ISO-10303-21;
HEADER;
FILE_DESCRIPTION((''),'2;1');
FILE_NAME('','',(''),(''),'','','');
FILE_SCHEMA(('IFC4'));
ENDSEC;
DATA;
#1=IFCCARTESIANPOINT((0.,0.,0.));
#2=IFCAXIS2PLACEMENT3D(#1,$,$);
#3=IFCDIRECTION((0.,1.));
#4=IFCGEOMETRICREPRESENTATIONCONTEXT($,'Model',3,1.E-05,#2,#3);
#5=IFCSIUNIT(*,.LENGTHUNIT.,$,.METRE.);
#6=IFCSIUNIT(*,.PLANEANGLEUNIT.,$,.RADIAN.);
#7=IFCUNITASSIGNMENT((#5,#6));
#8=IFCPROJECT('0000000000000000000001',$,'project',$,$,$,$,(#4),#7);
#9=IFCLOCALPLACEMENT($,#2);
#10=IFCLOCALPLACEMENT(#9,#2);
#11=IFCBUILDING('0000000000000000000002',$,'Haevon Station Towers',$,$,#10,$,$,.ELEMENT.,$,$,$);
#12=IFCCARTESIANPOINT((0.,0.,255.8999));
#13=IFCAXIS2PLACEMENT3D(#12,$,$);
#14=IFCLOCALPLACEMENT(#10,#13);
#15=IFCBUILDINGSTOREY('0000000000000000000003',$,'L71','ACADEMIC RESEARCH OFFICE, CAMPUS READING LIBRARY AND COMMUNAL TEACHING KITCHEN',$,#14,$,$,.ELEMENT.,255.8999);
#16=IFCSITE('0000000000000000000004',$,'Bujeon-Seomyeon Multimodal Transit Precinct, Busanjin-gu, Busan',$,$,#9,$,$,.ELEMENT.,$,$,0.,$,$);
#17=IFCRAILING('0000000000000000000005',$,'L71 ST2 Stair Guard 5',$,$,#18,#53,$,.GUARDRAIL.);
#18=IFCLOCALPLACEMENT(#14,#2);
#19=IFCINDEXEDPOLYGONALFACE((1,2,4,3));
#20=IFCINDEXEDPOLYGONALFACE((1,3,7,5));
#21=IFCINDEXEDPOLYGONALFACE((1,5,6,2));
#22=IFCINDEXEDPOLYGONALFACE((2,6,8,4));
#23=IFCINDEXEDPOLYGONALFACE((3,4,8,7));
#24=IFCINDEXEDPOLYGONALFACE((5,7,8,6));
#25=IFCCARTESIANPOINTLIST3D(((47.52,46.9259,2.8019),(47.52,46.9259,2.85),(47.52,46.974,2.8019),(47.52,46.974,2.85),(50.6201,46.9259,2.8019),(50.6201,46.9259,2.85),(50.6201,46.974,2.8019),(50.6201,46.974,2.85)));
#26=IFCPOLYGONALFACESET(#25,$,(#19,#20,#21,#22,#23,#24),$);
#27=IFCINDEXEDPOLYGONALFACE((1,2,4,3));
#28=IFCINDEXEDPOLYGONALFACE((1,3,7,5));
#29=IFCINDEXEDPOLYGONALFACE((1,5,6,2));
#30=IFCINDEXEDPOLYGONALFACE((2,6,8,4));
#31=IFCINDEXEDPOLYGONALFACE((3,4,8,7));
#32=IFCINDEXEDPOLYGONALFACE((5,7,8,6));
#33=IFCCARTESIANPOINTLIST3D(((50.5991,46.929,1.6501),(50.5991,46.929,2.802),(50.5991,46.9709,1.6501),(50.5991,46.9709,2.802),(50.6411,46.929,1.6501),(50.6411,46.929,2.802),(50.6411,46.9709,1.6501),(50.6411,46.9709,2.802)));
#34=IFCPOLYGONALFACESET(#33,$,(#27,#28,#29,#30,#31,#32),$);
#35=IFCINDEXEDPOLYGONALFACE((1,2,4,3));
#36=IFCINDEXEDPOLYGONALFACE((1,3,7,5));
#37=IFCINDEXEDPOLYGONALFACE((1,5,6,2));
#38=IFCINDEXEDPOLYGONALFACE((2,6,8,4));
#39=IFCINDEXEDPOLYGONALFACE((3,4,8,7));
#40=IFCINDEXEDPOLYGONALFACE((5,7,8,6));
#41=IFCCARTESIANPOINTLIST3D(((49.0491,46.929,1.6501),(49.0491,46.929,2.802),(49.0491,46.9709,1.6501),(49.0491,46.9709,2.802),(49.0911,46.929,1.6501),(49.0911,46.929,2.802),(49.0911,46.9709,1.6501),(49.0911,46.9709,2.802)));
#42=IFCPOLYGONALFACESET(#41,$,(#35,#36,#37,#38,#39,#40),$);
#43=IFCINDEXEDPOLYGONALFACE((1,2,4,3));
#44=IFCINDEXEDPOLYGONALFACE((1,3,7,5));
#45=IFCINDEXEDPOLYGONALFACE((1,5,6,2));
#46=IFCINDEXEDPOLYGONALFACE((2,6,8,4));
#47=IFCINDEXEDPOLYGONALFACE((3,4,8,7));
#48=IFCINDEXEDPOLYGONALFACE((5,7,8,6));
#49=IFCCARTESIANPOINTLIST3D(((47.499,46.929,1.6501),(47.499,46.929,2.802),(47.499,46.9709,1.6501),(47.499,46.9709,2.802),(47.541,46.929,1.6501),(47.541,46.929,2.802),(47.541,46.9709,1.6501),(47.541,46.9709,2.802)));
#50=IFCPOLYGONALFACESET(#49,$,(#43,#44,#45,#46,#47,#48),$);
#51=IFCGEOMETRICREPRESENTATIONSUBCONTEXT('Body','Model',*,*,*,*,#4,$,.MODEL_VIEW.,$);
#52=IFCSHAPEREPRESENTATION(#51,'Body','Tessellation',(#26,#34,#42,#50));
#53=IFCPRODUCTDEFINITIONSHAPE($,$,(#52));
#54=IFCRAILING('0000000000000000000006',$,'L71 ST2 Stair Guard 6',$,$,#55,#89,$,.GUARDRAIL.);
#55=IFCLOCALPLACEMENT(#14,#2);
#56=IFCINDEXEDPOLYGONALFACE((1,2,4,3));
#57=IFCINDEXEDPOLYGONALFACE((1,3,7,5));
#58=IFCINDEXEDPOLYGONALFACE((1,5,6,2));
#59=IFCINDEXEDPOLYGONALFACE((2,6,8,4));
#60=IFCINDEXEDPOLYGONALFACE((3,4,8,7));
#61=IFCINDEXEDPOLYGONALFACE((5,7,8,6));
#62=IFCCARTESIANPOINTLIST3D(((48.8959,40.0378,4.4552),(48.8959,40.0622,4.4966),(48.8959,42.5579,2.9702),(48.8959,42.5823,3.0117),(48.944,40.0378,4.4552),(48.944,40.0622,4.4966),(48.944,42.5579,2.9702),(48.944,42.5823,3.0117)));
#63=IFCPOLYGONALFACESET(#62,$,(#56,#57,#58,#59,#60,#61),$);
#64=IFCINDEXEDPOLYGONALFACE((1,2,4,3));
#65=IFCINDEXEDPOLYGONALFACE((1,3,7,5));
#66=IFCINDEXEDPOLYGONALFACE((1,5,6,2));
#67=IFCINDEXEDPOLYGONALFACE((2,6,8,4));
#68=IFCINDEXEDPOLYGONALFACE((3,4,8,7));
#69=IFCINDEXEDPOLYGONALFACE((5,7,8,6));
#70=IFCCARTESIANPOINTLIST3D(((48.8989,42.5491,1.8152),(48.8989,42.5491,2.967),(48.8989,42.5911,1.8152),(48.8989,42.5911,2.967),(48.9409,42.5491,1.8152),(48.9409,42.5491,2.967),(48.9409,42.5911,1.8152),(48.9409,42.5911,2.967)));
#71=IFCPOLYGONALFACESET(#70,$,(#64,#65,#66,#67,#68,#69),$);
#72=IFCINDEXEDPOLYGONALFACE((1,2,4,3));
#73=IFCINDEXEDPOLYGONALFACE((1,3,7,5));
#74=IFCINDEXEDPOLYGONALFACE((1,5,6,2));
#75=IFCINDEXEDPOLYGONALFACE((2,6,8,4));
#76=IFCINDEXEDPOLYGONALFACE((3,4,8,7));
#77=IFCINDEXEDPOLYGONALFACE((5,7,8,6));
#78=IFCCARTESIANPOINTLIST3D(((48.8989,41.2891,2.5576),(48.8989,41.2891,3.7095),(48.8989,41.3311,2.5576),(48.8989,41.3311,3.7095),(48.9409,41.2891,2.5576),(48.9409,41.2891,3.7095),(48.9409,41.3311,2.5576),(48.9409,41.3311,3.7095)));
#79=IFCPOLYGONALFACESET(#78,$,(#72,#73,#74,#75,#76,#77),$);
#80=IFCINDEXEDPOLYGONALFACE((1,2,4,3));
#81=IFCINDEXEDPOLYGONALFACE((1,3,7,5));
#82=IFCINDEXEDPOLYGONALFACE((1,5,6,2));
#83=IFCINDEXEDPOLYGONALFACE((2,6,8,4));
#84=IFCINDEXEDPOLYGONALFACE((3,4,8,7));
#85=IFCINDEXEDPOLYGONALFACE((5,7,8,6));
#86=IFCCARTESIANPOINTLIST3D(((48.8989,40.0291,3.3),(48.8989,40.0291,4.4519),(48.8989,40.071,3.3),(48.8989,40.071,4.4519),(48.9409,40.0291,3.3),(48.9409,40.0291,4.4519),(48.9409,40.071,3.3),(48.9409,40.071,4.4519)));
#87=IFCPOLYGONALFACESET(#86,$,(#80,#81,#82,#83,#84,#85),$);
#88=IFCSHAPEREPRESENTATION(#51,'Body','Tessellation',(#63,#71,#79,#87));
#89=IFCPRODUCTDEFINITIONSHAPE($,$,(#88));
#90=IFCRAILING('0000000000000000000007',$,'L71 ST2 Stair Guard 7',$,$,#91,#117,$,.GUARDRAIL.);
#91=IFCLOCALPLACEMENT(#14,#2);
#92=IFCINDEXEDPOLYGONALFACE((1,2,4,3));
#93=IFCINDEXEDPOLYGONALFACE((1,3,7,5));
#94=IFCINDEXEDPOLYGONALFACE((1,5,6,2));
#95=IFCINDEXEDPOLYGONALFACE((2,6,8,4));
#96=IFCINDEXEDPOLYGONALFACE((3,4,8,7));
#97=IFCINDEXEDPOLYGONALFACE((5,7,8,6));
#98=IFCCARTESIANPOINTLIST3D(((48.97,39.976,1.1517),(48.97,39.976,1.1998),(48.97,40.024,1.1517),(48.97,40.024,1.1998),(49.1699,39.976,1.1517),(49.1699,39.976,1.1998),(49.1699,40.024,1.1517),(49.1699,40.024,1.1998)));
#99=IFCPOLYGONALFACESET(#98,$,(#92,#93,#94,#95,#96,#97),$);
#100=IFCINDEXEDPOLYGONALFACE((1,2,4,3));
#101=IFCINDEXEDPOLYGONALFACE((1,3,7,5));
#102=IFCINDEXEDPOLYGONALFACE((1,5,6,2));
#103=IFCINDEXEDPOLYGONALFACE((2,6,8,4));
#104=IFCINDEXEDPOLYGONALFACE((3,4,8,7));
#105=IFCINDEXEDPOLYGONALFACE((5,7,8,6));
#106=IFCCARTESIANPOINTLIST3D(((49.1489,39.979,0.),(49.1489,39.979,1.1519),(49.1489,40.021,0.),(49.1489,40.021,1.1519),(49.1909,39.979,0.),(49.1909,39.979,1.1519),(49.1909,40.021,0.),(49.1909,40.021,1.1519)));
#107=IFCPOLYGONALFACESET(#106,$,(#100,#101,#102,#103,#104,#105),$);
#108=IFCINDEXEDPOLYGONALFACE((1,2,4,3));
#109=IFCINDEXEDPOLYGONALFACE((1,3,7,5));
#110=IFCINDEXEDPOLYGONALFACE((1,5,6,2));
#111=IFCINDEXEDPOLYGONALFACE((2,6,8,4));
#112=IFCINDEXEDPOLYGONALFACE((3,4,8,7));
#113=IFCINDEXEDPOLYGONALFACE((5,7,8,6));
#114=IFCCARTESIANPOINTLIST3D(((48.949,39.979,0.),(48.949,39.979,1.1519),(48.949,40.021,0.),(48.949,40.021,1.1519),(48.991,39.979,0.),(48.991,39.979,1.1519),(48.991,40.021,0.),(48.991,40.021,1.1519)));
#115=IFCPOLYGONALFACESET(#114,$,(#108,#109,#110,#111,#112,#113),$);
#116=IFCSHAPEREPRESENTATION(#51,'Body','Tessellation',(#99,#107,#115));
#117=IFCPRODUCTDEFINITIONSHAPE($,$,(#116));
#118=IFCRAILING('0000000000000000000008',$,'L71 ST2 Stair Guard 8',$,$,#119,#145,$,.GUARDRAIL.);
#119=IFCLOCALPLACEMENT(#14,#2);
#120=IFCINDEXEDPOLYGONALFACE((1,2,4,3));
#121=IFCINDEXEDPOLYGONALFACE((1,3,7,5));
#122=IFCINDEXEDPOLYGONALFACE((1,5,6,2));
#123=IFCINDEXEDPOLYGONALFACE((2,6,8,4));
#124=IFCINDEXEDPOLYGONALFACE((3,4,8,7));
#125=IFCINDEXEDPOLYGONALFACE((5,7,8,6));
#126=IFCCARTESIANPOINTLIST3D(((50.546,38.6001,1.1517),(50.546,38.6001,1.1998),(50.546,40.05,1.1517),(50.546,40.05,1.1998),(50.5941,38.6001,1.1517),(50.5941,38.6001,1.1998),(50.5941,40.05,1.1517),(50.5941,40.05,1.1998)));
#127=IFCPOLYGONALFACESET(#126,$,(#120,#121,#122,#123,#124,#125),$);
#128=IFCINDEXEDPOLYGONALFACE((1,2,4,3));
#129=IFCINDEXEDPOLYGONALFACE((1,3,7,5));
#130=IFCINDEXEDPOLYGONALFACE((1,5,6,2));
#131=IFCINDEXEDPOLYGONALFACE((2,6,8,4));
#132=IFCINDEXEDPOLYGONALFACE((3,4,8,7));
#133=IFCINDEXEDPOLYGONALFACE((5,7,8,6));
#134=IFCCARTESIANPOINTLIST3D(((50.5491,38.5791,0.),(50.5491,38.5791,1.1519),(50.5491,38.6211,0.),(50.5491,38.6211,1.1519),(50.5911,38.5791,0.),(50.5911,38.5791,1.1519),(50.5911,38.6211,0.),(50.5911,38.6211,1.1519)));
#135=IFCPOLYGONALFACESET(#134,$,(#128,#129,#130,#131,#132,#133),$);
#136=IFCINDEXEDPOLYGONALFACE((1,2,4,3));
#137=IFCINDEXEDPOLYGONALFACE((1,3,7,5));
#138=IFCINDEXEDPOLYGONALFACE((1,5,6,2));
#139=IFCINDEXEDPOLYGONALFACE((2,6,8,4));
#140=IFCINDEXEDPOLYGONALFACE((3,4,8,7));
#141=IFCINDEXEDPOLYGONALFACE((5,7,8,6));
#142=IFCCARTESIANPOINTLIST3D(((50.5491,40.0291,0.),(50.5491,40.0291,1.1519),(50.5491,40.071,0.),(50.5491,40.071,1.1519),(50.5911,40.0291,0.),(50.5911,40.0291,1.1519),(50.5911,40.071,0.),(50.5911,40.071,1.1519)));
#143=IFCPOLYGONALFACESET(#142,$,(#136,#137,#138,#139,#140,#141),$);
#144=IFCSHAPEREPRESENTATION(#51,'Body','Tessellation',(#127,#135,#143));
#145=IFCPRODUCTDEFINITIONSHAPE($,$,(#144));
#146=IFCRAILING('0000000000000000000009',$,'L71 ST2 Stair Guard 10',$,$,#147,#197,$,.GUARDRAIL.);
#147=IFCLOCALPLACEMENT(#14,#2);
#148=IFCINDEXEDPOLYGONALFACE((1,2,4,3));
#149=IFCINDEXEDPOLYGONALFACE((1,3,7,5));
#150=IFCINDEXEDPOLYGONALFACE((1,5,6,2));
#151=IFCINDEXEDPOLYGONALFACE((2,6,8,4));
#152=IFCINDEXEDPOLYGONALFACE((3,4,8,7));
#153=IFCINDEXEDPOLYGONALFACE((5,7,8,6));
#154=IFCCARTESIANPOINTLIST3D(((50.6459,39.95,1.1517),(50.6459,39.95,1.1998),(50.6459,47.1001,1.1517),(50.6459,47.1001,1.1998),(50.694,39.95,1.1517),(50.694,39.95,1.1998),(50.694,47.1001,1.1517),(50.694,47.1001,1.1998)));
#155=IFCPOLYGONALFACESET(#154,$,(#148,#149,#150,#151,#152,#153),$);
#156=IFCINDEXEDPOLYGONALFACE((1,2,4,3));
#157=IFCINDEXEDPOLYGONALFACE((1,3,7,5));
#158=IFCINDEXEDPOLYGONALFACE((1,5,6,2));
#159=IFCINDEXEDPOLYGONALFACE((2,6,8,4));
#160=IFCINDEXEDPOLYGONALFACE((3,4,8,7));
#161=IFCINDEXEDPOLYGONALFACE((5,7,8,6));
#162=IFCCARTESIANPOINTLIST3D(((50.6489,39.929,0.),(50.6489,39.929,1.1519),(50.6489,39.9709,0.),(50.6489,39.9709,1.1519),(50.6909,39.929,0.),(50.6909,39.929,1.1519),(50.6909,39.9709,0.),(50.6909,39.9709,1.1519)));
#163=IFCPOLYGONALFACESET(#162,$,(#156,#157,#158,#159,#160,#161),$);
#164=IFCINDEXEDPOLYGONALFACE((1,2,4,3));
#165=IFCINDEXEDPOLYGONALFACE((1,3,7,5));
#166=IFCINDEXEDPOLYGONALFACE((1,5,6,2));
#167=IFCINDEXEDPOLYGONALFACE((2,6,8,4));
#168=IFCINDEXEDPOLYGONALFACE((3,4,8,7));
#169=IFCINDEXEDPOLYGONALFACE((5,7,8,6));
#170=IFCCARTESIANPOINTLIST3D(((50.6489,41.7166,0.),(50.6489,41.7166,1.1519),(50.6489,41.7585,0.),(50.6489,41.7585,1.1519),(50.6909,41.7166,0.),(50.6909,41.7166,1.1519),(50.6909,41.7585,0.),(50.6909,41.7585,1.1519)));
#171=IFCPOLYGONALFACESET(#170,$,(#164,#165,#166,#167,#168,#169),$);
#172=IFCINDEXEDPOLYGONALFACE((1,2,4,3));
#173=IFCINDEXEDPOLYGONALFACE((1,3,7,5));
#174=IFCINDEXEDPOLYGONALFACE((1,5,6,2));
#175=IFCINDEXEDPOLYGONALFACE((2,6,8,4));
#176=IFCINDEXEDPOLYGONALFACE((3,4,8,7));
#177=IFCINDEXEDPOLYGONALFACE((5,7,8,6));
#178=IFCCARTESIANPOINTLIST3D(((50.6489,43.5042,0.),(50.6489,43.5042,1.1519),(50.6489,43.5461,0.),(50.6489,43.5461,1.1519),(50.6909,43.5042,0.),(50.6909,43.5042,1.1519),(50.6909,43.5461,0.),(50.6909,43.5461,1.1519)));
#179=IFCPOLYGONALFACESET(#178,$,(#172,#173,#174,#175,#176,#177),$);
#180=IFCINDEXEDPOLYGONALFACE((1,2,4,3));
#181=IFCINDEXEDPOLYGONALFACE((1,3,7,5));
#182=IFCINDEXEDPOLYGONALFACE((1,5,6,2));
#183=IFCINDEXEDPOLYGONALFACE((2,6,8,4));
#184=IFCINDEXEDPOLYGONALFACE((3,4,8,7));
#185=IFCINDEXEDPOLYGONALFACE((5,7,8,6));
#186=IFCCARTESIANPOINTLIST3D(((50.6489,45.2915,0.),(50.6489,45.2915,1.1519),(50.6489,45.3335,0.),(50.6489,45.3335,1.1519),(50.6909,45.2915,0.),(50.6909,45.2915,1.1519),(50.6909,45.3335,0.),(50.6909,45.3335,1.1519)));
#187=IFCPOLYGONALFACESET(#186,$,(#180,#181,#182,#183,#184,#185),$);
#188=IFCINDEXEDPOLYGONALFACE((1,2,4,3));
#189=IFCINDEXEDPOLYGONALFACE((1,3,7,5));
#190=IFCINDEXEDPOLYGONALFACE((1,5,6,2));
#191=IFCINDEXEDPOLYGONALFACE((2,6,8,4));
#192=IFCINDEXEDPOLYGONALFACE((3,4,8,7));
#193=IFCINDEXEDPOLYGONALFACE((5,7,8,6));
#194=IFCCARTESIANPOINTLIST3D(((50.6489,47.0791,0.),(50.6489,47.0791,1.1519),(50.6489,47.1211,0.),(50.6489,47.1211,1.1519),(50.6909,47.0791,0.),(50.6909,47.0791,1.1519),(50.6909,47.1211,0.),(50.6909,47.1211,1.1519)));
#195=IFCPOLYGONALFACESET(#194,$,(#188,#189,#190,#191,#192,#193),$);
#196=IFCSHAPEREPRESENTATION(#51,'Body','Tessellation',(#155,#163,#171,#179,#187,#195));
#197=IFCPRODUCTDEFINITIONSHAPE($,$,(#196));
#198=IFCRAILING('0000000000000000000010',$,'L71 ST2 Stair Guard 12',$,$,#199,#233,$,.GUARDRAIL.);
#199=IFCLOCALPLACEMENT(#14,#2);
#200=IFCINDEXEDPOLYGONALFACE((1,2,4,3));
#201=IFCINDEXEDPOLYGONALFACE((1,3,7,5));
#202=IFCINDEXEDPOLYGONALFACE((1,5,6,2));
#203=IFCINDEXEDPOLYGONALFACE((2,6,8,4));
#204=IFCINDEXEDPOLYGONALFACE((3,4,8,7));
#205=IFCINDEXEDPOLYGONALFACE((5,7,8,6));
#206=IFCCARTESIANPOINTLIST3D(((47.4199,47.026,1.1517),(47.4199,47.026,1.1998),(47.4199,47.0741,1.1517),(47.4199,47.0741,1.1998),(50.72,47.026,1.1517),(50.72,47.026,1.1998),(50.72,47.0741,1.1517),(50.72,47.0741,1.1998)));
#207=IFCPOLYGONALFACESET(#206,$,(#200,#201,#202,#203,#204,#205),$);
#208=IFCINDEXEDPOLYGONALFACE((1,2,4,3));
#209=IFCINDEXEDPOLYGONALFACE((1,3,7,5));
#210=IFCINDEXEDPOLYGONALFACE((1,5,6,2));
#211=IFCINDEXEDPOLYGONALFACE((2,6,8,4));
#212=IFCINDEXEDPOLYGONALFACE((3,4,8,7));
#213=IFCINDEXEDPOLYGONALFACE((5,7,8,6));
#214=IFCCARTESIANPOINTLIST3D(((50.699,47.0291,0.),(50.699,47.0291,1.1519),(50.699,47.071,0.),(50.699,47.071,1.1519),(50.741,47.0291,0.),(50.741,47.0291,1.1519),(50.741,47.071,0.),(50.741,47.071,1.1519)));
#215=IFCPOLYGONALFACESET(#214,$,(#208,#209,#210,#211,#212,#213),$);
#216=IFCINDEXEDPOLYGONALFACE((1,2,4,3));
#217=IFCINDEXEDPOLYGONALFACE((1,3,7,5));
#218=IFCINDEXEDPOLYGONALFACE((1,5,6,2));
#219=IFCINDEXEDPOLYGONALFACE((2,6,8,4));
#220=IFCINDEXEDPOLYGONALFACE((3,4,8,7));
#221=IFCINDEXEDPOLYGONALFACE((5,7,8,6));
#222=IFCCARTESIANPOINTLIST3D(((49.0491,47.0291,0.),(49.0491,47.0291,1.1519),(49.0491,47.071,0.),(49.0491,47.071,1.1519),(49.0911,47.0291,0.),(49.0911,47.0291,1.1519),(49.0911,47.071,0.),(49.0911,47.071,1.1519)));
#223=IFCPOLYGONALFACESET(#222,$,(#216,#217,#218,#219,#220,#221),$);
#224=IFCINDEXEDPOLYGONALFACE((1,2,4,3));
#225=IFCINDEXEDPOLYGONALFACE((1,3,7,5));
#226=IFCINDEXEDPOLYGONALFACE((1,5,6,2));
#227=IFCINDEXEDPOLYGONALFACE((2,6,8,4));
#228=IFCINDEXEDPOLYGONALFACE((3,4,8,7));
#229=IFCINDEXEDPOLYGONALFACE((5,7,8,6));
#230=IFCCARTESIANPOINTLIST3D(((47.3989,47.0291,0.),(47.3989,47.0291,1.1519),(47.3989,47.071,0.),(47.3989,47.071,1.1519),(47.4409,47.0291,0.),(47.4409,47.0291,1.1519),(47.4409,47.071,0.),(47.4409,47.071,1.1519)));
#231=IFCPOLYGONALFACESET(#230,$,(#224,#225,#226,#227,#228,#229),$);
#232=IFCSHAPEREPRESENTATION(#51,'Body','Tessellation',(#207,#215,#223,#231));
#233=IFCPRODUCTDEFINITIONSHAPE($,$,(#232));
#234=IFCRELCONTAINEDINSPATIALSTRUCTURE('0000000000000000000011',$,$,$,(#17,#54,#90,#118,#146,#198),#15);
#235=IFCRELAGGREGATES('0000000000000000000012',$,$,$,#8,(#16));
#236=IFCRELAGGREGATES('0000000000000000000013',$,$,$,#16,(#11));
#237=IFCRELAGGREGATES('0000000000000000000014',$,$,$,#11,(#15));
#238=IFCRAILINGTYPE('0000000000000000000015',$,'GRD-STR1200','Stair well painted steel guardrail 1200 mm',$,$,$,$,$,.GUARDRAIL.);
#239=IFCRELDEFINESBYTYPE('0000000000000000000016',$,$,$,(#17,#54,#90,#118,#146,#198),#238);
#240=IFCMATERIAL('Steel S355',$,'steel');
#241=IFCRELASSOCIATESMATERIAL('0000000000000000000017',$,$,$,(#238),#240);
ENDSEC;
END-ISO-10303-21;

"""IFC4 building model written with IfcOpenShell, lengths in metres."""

from ifc_helpers import new_model, si_unit, direction, frame, origin, origin_2d, place, context, subcontext, project, spatial, rectangle, extrude, material, type_object, element, save


model = new_model("IFC4")

# Units and contexts
model_context = context("Model", 3, precision=1e-05, world=origin(), true_north=direction((0.0, 1.0)))
body_context = subcontext(model_context, "Body", "Model", "MODEL_VIEW")
ifc_project = project(units=[si_unit("LENGTHUNIT", "METRE"), si_unit("PLANEANGLEUNIT", "RADIAN")], contexts=[model_context])

# Site, building, storey
site_placement = place(None, origin())
site = spatial("IfcSite", under=ifc_project, at=site_placement, Name="Bujeon-Seomyeon Multimodal Transit Precinct, Busanjin-gu, Busan", CompositionType="ELEMENT", RefElevation=0.0)
building_placement = place(site_placement, origin())
building = spatial("IfcBuilding", under=site, at=building_placement, Name="Haevon Station Towers", CompositionType="ELEMENT")
storey_placement = place(building_placement, frame((0.0, 0.0, 255.8999)))
storey = spatial("IfcBuildingStorey", under=building, at=storey_placement, Name="L71", Description="ACADEMIC RESEARCH OFFICE, CAMPUS READING LIBRARY AND COMMUNAL TEACHING KITCHEN", CompositionType="ELEMENT", Elevation=255.8999)

# Shared definitions
ifc_material_1 = material(Name="Steel S355", Category="steel")

# Railings
railing_type_1 = type_object("IfcRailingType", Name="GRD-STR1200", Description="Stair well painted steel guardrail 1200 mm", PredefinedType="GUARDRAIL", material=ifc_material_1)
railing_1_placement = place(storey_placement, frame((50.6201, 46.95, 1.6501)))
element("IfcRailing", 1, at=railing_1_placement, inside=storey, type_object=railing_type_1, Name="L71 ST2 Stair Guard 5", PredefinedType="GUARDRAIL", context=body_context, shape_type="SweptSolid", body=[
    extrude(rectangle(XDim=0.0481, YDim=0.0481, at=origin_2d()), frame((0.0, 0.0, 1.1758), z_axis=(-1.0, 0.0, 0.0), x_axis=(0.0, -1.0, 0.0)), (0.0, 0.0, 1.0), 3.1001),
    extrude(rectangle(XDim=0.042, YDim=0.042, at=origin_2d()), origin(), (0.0, 0.0, 1.0), 1.1519),
    extrude(rectangle(XDim=0.042, YDim=0.042, at=origin_2d()), frame((-1.55, 0.0, 0.0)), (0.0, 0.0, 1.0), 1.1519),
    extrude(rectangle(XDim=0.042, YDim=0.042, at=origin_2d()), frame((-3.1001, 0.0, 0.0)), (0.0, 0.0, 1.0), 1.1519),
])
railing_2_placement = place(storey_placement, frame((48.9199, 42.5701, 1.8152)))
element("IfcRailing", 2, at=railing_2_placement, inside=storey, type_object=railing_type_1, Name="L71 ST2 Stair Guard 6", PredefinedType="GUARDRAIL", context=body_context, shape_type="SweptSolid", body=[
    extrude(rectangle(XDim=0.0481, YDim=0.0481, at=origin_2d()), frame((0.0, 0.0, 1.1758), z_axis=(0.0, -0.861561, 0.507655), x_axis=(1.0, 0.0, 0.0)), (0.0, 0.0, 1.0), 2.925),
    extrude(rectangle(XDim=0.042, YDim=0.042, at=origin_2d()), origin(), (0.0, 0.0, 1.0), 1.1519),
    extrude(rectangle(XDim=0.042, YDim=0.042, at=origin_2d()), frame((0.0, -1.26, 0.7424)), (0.0, 0.0, 1.0), 1.1519),
    extrude(rectangle(XDim=0.042, YDim=0.042, at=origin_2d()), frame((0.0, -2.52, 1.4849)), (0.0, 0.0, 1.0), 1.1519),
])
railing_3_placement = place(storey_placement, frame((49.1699, 40.0, 0.0)))
element("IfcRailing", 3, at=railing_3_placement, inside=storey, type_object=railing_type_1, Name="L71 ST2 Stair Guard 7", PredefinedType="GUARDRAIL", context=body_context, shape_type="SweptSolid", body=[
    extrude(rectangle(XDim=0.0481, YDim=0.0481, at=origin_2d()), frame((0.0, 0.0, 1.1758), z_axis=(-1.0, 0.0, 0.0), x_axis=(0.0, -1.0, 0.0)), (0.0, 0.0, 1.0), 0.2),
    extrude(rectangle(XDim=0.042, YDim=0.042, at=origin_2d()), origin(), (0.0, 0.0, 1.0), 1.1519),
    extrude(rectangle(XDim=0.042, YDim=0.042, at=origin_2d()), frame((-0.2, 0.0, 0.0)), (0.0, 0.0, 1.0), 1.1519),
])
railing_4_placement = place(storey_placement, frame((50.5701, 38.6001, 0.0)))
element("IfcRailing", 4, at=railing_4_placement, inside=storey, type_object=railing_type_1, Name="L71 ST2 Stair Guard 8", PredefinedType="GUARDRAIL", context=body_context, shape_type="SweptSolid", body=[
    extrude(rectangle(XDim=0.0481, YDim=0.0481, at=origin_2d()), frame((0.0, 0.0, 1.1758), z_axis=(0.0, 1.0, 0.0), x_axis=(-1.0, 0.0, 0.0)), (0.0, 0.0, 1.0), 1.45),
    extrude(rectangle(XDim=0.042, YDim=0.042, at=origin_2d()), origin(), (0.0, 0.0, 1.0), 1.1519),
    extrude(rectangle(XDim=0.042, YDim=0.042, at=origin_2d()), frame((0.0, 1.45, 0.0)), (0.0, 0.0, 1.0), 1.1519),
])
railing_5_placement = place(storey_placement, frame((50.6699, 39.95, 0.0)))
element("IfcRailing", 5, at=railing_5_placement, inside=storey, type_object=railing_type_1, Name="L71 ST2 Stair Guard 10", PredefinedType="GUARDRAIL", context=body_context, shape_type="SweptSolid", body=[
    extrude(rectangle(XDim=0.0481, YDim=0.0481, at=origin_2d()), frame((0.0, 0.0, 1.1758), z_axis=(0.0, 1.0, 0.0), x_axis=(-1.0, 0.0, 0.0)), (0.0, 0.0, 1.0), 7.1501),
    extrude(rectangle(XDim=0.042, YDim=0.042, at=origin_2d()), origin(), (0.0, 0.0, 1.0), 1.1519),
    extrude(rectangle(XDim=0.042, YDim=0.042, at=origin_2d()), frame((0.0, 1.7876, 0.0)), (0.0, 0.0, 1.0), 1.1519),
    extrude(rectangle(XDim=0.042, YDim=0.042, at=origin_2d()), frame((0.0, 3.5752, 0.0)), (0.0, 0.0, 1.0), 1.1519),
    extrude(rectangle(XDim=0.042, YDim=0.042, at=origin_2d()), frame((0.0, 5.3625, 0.0)), (0.0, 0.0, 1.0), 1.1519),
    extrude(rectangle(XDim=0.042, YDim=0.042, at=origin_2d()), frame((0.0, 7.1501, 0.0)), (0.0, 0.0, 1.0), 1.1519),
])
railing_6_placement = place(storey_placement, frame((50.72, 47.05, 0.0)))
element("IfcRailing", 6, at=railing_6_placement, inside=storey, type_object=railing_type_1, Name="L71 ST2 Stair Guard 12", PredefinedType="GUARDRAIL", context=body_context, shape_type="SweptSolid", body=[
    extrude(rectangle(XDim=0.0481, YDim=0.0481, at=origin_2d()), frame((0.0, 0.0, 1.1758), z_axis=(-1.0, 0.0, 0.0), x_axis=(0.0, -1.0, 0.0)), (0.0, 0.0, 1.0), 3.3),
    extrude(rectangle(XDim=0.042, YDim=0.042, at=origin_2d()), origin(), (0.0, 0.0, 1.0), 1.1519),
    extrude(rectangle(XDim=0.042, YDim=0.042, at=origin_2d()), frame((-1.6499, 0.0, 0.0)), (0.0, 0.0, 1.0), 1.1519),
    extrude(rectangle(XDim=0.042, YDim=0.042, at=origin_2d()), frame((-3.3, 0.0, 0.0)), (0.0, 0.0, 1.0), 1.1519),
])

save(model, "model.ifc")
